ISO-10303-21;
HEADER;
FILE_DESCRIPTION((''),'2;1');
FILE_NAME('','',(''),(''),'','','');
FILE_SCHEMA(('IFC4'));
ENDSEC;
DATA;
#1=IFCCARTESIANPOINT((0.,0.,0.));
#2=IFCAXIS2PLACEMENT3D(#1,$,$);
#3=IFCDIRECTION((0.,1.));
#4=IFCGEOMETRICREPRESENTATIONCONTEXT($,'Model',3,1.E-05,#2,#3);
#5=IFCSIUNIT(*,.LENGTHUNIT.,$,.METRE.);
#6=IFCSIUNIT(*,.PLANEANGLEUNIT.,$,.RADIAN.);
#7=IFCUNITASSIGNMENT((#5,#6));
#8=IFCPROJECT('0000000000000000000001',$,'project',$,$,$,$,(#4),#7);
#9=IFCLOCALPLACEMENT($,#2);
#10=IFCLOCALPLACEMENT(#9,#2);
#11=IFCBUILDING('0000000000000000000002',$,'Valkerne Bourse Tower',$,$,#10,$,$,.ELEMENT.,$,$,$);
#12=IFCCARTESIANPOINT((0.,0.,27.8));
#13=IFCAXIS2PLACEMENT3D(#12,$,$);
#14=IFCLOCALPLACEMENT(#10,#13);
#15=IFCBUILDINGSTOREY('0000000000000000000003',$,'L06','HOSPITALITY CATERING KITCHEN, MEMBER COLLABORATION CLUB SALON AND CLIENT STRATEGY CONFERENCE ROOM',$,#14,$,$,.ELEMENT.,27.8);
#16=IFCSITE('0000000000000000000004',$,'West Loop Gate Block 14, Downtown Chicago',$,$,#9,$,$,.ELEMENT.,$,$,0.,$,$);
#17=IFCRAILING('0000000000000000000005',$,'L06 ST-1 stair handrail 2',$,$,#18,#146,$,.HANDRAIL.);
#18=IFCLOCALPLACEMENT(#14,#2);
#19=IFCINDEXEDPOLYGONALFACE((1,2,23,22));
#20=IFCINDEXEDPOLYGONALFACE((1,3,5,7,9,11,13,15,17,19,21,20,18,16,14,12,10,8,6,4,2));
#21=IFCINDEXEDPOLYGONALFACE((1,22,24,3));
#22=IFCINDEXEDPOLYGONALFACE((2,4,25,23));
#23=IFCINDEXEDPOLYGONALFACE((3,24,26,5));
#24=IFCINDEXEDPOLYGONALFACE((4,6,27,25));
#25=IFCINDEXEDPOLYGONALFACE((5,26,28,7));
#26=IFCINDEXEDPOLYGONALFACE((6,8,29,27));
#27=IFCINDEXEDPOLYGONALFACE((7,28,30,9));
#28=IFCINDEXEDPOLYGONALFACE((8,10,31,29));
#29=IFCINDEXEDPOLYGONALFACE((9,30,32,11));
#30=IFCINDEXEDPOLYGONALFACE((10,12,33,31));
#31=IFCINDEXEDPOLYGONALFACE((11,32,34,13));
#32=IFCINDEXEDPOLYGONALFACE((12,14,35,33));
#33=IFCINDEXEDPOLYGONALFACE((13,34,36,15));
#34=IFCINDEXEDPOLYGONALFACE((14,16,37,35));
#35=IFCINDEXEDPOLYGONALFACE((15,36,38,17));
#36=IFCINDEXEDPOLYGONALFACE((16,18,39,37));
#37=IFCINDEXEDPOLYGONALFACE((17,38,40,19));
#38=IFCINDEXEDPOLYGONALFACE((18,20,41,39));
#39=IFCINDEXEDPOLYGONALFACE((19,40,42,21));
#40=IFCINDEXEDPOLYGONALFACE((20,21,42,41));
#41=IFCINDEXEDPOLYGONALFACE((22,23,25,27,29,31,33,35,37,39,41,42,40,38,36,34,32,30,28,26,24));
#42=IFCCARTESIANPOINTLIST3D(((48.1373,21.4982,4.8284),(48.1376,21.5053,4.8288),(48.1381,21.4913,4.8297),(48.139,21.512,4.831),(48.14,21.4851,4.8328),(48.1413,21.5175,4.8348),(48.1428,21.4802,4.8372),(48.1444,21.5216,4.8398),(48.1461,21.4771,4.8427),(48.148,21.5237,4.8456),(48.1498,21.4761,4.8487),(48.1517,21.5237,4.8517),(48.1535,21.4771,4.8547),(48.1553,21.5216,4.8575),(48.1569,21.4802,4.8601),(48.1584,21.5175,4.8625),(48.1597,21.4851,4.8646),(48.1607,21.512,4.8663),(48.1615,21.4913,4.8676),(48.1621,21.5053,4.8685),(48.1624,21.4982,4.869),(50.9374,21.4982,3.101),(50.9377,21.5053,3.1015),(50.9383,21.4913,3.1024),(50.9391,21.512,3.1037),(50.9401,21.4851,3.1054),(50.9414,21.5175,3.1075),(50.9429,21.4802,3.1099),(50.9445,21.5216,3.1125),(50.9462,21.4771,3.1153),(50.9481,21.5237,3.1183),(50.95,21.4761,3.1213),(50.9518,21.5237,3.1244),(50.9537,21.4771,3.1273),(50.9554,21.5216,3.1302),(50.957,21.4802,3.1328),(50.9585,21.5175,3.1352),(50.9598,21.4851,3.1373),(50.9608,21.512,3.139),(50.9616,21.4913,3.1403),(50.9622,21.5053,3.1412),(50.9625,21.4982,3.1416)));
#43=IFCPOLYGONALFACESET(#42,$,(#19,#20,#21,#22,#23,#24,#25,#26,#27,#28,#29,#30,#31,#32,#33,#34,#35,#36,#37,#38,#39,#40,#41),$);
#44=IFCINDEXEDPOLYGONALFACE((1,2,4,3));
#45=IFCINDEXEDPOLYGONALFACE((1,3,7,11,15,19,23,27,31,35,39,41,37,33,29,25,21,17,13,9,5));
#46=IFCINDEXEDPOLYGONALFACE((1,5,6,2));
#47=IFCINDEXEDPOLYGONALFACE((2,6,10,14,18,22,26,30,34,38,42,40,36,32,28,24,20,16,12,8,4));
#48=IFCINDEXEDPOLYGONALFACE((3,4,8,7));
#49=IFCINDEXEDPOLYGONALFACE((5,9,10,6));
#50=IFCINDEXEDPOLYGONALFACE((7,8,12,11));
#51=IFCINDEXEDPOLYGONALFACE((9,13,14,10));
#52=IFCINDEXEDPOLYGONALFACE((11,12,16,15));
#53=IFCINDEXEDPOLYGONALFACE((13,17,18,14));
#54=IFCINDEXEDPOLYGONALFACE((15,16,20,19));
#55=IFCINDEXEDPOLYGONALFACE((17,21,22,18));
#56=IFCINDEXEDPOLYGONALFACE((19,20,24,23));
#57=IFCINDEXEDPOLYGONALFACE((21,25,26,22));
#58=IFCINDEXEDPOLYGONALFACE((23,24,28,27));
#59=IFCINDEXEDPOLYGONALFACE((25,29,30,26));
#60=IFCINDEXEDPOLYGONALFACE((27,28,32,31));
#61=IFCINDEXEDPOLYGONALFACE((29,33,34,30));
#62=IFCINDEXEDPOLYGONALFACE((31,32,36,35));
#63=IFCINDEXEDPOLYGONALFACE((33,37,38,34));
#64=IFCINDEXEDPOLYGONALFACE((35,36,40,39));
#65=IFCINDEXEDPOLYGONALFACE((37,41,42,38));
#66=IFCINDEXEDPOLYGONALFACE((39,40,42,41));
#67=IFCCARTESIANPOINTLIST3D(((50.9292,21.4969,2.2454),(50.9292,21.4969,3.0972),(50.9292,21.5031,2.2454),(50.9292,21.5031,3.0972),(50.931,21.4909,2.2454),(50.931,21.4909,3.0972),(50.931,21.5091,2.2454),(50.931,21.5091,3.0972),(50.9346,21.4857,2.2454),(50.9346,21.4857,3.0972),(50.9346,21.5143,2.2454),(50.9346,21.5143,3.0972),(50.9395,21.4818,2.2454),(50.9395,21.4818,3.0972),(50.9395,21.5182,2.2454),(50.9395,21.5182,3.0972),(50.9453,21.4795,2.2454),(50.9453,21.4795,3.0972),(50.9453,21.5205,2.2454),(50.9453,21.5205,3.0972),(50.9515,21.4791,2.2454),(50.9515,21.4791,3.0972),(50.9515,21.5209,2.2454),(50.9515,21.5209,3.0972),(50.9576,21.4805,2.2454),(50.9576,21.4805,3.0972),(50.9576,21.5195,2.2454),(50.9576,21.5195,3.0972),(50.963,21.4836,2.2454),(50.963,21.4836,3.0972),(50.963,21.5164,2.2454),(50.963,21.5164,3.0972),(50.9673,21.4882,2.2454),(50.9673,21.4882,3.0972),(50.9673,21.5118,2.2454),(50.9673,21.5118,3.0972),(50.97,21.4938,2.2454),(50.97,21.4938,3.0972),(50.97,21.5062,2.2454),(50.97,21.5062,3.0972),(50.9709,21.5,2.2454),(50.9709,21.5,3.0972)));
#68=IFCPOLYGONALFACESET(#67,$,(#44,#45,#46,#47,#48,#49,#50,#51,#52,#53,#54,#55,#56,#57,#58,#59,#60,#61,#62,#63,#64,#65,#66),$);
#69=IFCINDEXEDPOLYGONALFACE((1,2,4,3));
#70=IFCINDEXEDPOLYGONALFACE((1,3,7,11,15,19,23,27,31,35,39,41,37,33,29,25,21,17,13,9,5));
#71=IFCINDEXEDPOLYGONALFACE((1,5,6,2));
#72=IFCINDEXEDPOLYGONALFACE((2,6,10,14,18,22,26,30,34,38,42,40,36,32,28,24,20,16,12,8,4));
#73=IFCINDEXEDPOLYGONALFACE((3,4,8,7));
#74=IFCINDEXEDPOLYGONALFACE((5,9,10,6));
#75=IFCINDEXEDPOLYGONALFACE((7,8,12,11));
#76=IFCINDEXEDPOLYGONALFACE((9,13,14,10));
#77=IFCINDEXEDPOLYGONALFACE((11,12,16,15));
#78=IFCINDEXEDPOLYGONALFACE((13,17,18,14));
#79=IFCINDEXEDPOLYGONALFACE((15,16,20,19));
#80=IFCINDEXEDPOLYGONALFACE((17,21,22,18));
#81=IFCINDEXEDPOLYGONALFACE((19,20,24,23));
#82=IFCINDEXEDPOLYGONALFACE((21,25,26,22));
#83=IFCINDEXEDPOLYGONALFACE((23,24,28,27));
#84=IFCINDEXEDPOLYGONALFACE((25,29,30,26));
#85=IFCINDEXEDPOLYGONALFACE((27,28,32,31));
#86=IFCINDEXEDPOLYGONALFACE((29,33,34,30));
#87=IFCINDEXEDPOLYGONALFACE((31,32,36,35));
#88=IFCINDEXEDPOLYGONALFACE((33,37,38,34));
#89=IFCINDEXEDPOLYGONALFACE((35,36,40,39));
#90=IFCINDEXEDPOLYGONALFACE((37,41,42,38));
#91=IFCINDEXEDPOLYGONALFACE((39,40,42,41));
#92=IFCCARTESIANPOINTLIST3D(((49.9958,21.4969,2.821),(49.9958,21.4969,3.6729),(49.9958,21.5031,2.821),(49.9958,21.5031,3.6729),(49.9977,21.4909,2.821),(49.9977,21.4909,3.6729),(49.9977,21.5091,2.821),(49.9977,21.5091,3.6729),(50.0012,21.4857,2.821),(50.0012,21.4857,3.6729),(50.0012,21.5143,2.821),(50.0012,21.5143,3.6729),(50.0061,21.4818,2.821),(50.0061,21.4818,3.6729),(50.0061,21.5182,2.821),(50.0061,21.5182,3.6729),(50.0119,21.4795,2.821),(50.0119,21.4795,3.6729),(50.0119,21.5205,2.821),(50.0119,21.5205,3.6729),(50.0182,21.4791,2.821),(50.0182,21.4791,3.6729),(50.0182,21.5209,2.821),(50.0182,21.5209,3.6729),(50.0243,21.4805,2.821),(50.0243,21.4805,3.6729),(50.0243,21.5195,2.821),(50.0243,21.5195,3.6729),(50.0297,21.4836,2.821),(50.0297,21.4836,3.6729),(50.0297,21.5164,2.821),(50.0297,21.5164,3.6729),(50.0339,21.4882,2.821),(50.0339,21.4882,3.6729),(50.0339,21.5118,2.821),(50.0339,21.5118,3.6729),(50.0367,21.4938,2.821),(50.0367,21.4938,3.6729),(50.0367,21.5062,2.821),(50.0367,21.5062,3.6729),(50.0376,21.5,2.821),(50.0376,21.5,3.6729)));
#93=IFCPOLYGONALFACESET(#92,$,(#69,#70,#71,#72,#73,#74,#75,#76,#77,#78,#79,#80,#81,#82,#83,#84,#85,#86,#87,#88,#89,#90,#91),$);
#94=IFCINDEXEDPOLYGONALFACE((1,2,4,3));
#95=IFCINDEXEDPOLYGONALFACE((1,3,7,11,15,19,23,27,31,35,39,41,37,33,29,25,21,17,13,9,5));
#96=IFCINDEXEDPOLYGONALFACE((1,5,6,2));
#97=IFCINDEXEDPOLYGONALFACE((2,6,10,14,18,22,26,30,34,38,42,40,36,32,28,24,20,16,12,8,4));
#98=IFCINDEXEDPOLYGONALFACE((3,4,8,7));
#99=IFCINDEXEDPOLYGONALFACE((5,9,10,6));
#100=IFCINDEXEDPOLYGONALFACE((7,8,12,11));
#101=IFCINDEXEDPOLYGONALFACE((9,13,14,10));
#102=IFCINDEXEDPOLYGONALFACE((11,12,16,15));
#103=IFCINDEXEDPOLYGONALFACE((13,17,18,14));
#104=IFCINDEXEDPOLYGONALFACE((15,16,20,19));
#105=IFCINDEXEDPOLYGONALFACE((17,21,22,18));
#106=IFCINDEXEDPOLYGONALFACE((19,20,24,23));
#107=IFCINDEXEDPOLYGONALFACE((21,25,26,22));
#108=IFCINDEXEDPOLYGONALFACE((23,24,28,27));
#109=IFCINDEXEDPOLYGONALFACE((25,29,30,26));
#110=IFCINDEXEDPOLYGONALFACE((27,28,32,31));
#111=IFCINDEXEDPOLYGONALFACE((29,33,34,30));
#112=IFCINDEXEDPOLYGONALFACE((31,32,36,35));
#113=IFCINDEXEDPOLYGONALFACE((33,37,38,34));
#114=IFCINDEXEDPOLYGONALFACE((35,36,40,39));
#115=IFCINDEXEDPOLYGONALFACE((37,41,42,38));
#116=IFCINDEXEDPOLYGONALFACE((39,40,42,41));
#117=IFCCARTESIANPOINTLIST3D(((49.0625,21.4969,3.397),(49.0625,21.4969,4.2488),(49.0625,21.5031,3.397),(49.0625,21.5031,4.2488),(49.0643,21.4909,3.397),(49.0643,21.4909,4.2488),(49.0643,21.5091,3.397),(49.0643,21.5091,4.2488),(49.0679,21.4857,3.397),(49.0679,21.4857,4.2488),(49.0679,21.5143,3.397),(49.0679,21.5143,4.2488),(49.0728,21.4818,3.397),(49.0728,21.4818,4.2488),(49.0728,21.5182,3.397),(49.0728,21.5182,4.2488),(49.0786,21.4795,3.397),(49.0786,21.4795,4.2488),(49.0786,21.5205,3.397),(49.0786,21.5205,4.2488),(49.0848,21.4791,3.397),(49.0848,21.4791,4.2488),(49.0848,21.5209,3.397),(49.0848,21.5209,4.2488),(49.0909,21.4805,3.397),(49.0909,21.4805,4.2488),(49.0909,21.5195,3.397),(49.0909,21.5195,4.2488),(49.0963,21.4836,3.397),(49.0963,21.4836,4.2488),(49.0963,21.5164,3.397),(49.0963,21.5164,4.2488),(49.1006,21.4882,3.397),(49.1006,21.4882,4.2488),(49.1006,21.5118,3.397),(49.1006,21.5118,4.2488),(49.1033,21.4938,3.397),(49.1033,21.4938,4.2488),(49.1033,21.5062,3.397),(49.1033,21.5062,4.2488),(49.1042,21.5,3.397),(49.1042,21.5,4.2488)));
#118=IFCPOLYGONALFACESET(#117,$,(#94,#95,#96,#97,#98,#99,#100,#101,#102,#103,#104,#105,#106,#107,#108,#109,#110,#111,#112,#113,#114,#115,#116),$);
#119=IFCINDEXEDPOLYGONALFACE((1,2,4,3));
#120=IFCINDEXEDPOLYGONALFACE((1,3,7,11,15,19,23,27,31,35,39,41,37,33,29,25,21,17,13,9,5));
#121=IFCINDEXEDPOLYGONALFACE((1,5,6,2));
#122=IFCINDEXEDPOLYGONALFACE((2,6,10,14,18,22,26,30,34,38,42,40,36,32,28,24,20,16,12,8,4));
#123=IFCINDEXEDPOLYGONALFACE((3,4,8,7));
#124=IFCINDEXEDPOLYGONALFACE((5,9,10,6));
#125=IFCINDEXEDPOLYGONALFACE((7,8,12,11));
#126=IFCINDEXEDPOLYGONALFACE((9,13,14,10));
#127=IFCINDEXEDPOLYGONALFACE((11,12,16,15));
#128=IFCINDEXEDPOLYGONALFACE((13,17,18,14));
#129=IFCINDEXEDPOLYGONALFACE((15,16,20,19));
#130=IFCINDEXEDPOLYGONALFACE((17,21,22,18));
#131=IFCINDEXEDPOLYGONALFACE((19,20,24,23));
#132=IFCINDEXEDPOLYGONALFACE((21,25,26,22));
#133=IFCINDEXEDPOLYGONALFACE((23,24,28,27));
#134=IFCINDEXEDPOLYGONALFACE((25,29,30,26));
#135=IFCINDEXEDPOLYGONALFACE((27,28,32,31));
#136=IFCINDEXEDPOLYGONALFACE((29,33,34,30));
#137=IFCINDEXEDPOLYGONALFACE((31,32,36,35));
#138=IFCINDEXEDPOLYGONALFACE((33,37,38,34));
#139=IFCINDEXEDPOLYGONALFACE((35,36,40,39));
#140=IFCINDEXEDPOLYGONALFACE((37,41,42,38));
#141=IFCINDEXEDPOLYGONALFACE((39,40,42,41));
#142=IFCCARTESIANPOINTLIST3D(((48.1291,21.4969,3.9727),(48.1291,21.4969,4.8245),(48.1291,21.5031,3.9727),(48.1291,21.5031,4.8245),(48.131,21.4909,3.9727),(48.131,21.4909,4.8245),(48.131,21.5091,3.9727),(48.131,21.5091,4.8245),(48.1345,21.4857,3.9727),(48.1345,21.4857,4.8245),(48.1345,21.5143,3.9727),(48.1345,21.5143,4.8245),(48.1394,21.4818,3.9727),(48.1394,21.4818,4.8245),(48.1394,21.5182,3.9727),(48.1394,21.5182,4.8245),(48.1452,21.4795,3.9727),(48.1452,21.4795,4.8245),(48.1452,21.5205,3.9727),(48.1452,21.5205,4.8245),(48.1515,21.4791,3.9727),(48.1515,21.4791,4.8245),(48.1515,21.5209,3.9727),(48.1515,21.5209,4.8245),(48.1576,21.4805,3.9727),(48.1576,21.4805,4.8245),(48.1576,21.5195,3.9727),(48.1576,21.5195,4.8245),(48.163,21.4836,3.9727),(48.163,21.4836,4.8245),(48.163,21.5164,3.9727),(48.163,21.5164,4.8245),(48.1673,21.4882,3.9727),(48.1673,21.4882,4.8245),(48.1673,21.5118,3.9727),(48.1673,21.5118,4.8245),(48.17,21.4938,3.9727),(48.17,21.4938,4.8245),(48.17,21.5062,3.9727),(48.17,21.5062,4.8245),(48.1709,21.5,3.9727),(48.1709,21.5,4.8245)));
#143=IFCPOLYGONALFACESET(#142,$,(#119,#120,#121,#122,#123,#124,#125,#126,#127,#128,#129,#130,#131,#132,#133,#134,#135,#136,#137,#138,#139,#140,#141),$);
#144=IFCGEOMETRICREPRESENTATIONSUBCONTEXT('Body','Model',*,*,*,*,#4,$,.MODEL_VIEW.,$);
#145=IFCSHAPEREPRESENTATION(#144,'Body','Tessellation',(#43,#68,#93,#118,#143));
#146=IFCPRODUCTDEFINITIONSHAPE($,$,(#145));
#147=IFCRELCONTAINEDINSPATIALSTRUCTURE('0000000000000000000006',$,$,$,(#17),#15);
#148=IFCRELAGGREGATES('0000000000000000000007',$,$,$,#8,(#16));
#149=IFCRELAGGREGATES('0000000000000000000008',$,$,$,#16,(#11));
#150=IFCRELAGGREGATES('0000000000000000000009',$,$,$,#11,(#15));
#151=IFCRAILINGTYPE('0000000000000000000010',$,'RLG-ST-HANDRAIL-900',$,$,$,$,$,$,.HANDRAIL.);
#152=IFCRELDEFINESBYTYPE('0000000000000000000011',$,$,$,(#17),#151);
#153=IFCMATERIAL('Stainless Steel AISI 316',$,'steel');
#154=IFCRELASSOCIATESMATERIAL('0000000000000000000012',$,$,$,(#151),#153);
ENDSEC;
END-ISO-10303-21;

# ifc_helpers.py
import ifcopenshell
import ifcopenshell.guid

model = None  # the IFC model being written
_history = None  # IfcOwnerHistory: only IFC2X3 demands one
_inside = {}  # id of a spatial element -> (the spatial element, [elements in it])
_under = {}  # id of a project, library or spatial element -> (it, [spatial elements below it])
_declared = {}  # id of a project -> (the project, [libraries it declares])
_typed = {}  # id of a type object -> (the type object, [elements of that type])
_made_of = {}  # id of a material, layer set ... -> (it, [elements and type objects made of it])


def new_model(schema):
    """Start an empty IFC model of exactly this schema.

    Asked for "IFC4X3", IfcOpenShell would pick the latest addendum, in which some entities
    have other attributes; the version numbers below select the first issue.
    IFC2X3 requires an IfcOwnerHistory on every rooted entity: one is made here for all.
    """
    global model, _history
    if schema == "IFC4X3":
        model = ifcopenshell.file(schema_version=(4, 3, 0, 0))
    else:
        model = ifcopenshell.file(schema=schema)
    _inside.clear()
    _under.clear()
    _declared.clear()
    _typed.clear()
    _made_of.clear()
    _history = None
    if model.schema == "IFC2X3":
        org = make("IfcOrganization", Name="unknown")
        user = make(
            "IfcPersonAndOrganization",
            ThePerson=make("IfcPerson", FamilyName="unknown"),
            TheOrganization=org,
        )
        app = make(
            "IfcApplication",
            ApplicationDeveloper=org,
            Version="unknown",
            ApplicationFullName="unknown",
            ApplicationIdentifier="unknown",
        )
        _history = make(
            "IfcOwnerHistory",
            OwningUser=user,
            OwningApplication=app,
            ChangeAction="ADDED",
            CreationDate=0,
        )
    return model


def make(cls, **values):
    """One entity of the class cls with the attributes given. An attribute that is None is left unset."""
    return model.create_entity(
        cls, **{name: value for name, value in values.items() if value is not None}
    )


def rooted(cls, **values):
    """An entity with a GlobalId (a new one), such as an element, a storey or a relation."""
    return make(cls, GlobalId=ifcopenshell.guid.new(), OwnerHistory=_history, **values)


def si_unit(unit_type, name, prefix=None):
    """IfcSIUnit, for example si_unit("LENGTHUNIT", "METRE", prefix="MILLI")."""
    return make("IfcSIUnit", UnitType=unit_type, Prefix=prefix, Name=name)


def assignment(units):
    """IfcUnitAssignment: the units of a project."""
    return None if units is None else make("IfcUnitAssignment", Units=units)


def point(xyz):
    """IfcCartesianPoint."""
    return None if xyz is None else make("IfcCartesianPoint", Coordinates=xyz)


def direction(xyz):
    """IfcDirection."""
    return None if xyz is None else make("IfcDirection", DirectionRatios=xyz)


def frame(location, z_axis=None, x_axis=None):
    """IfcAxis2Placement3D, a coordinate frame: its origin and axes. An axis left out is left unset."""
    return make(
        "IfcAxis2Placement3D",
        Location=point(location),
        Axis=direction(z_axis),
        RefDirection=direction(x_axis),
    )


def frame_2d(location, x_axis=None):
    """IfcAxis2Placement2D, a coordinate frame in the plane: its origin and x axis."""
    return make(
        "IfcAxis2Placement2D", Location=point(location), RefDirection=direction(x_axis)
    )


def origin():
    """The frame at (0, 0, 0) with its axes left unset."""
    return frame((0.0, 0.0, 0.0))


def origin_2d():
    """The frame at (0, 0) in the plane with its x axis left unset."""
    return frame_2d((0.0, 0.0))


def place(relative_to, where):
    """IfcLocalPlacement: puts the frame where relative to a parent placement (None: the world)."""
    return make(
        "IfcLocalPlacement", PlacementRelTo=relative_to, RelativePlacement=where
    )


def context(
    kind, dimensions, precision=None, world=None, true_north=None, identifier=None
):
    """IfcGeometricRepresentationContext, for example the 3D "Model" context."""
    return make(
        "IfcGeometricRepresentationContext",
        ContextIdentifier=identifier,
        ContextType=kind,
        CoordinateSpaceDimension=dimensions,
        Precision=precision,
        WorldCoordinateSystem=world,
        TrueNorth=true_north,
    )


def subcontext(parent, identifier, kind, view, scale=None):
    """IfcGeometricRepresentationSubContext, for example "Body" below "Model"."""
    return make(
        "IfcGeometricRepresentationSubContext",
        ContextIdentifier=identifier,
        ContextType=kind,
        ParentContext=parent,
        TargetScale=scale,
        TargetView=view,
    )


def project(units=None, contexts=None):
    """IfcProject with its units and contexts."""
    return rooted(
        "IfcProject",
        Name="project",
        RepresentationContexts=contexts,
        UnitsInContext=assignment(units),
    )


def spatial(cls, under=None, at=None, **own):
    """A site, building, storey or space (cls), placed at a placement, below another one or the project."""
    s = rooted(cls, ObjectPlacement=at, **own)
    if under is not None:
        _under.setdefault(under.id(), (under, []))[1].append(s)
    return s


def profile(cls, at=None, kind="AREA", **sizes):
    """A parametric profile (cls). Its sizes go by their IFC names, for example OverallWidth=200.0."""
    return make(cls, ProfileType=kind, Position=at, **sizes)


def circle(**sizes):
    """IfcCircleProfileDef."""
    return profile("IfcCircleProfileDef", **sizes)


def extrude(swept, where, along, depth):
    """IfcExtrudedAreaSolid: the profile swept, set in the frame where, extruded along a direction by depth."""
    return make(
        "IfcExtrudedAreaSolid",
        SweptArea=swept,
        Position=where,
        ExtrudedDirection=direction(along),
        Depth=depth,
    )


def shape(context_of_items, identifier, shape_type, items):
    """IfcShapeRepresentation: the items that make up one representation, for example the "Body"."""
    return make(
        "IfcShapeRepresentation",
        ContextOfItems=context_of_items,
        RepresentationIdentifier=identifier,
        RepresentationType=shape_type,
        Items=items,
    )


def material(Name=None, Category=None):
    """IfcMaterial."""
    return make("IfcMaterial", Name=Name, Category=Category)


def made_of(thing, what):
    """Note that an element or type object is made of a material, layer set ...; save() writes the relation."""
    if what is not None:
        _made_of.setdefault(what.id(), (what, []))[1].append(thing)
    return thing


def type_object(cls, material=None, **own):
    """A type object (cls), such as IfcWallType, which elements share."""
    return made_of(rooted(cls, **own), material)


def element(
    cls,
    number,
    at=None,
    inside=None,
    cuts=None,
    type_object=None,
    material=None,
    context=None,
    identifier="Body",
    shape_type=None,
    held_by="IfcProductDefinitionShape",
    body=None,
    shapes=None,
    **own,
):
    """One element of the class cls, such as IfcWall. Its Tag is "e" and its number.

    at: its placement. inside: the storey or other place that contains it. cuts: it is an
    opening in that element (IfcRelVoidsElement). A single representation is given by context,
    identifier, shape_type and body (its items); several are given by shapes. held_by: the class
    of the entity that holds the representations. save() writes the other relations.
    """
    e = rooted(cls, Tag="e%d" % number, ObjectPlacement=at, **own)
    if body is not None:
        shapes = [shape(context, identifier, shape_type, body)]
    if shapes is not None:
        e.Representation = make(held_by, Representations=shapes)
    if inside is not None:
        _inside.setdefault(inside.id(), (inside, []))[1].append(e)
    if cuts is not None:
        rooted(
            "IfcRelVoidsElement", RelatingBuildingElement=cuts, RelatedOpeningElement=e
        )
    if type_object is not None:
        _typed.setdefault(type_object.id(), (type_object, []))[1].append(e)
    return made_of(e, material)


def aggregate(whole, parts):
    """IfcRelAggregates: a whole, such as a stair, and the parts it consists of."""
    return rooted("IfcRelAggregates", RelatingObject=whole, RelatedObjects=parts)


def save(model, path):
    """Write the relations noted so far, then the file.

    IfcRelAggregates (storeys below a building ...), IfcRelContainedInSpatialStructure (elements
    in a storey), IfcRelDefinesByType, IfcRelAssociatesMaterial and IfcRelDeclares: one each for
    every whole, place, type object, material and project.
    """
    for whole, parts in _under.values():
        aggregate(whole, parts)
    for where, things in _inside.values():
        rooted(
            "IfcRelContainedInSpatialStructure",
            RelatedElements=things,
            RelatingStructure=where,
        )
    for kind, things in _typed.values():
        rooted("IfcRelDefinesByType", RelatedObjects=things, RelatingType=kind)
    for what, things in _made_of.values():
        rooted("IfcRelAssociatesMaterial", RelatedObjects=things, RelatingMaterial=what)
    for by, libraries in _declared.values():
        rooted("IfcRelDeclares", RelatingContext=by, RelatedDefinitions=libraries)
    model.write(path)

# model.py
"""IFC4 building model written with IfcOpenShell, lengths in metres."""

from ifc_helpers import new_model, si_unit, direction, frame, origin, origin_2d, place, context, subcontext, project, spatial, circle, extrude, material, type_object, element, save


model = new_model("IFC4")

# Units and contexts
model_context = context("Model", 3, precision=1e-05, world=origin(), true_north=direction((0.0, 1.0)))
body_context = subcontext(model_context, "Body", "Model", "MODEL_VIEW")
ifc_project = project(units=[si_unit("LENGTHUNIT", "METRE"), si_unit("PLANEANGLEUNIT", "RADIAN")], contexts=[model_context])

# Site, building, storey
site_placement = place(None, origin())
site = spatial("IfcSite", under=ifc_project, at=site_placement, Name="West Loop Gate Block 14, Downtown Chicago", CompositionType="ELEMENT", RefElevation=0.0)
building_placement = place(site_placement, origin())
building = spatial("IfcBuilding", under=site, at=building_placement, Name="Valkerne Bourse Tower", CompositionType="ELEMENT")
storey_placement = place(building_placement, frame((0.0, 0.0, 27.8)))
storey = spatial("IfcBuildingStorey", under=building, at=storey_placement, Name="L06", Description="HOSPITALITY CATERING KITCHEN, MEMBER COLLABORATION CLUB SALON AND CLIENT STRATEGY CONFERENCE ROOM", CompositionType="ELEMENT", Elevation=27.8)

# Railing
ifc_material_1 = material(Name="Stainless Steel AISI 316", Category="steel")
railing_type_1 = type_object("IfcRailingType", Name="RLG-ST-HANDRAIL-900", PredefinedType="HANDRAIL", material=ifc_material_1)
railing_1_placement = place(storey_placement, frame((50.95, 21.5, 2.2454)))
element("IfcRailing", 1, at=railing_1_placement, inside=storey, type_object=railing_type_1, Name="L06 ST-1 stair handrail 2", PredefinedType="HANDRAIL", context=body_context, shape_type="SweptSolid", body=[
    extrude(circle(Radius=0.0239, at=origin_2d()), frame((0.0, 0.0, 0.876), z_axis=(-0.85109, 0.0, 0.52502), x_axis=(0.0, -1.0, 0.0)), (0.0, 0.0, 1.0), 3.29),
    extrude(circle(Radius=0.021, at=origin_2d()), origin(), (0.0, 0.0, 1.0), 0.8518),
    extrude(circle(Radius=0.021, at=origin_2d()), frame((-0.9333, 0.0, 0.5757)), (0.0, 0.0, 1.0), 0.8518),
    extrude(circle(Radius=0.021, at=origin_2d()), frame((-1.8667, 0.0, 1.1516)), (0.0, 0.0, 1.0), 0.8518),
    extrude(circle(Radius=0.021, at=origin_2d()), frame((-2.8, 0.0, 1.7273)), (0.0, 0.0, 1.0), 0.8518),
])

save(model, "model.ifc")
